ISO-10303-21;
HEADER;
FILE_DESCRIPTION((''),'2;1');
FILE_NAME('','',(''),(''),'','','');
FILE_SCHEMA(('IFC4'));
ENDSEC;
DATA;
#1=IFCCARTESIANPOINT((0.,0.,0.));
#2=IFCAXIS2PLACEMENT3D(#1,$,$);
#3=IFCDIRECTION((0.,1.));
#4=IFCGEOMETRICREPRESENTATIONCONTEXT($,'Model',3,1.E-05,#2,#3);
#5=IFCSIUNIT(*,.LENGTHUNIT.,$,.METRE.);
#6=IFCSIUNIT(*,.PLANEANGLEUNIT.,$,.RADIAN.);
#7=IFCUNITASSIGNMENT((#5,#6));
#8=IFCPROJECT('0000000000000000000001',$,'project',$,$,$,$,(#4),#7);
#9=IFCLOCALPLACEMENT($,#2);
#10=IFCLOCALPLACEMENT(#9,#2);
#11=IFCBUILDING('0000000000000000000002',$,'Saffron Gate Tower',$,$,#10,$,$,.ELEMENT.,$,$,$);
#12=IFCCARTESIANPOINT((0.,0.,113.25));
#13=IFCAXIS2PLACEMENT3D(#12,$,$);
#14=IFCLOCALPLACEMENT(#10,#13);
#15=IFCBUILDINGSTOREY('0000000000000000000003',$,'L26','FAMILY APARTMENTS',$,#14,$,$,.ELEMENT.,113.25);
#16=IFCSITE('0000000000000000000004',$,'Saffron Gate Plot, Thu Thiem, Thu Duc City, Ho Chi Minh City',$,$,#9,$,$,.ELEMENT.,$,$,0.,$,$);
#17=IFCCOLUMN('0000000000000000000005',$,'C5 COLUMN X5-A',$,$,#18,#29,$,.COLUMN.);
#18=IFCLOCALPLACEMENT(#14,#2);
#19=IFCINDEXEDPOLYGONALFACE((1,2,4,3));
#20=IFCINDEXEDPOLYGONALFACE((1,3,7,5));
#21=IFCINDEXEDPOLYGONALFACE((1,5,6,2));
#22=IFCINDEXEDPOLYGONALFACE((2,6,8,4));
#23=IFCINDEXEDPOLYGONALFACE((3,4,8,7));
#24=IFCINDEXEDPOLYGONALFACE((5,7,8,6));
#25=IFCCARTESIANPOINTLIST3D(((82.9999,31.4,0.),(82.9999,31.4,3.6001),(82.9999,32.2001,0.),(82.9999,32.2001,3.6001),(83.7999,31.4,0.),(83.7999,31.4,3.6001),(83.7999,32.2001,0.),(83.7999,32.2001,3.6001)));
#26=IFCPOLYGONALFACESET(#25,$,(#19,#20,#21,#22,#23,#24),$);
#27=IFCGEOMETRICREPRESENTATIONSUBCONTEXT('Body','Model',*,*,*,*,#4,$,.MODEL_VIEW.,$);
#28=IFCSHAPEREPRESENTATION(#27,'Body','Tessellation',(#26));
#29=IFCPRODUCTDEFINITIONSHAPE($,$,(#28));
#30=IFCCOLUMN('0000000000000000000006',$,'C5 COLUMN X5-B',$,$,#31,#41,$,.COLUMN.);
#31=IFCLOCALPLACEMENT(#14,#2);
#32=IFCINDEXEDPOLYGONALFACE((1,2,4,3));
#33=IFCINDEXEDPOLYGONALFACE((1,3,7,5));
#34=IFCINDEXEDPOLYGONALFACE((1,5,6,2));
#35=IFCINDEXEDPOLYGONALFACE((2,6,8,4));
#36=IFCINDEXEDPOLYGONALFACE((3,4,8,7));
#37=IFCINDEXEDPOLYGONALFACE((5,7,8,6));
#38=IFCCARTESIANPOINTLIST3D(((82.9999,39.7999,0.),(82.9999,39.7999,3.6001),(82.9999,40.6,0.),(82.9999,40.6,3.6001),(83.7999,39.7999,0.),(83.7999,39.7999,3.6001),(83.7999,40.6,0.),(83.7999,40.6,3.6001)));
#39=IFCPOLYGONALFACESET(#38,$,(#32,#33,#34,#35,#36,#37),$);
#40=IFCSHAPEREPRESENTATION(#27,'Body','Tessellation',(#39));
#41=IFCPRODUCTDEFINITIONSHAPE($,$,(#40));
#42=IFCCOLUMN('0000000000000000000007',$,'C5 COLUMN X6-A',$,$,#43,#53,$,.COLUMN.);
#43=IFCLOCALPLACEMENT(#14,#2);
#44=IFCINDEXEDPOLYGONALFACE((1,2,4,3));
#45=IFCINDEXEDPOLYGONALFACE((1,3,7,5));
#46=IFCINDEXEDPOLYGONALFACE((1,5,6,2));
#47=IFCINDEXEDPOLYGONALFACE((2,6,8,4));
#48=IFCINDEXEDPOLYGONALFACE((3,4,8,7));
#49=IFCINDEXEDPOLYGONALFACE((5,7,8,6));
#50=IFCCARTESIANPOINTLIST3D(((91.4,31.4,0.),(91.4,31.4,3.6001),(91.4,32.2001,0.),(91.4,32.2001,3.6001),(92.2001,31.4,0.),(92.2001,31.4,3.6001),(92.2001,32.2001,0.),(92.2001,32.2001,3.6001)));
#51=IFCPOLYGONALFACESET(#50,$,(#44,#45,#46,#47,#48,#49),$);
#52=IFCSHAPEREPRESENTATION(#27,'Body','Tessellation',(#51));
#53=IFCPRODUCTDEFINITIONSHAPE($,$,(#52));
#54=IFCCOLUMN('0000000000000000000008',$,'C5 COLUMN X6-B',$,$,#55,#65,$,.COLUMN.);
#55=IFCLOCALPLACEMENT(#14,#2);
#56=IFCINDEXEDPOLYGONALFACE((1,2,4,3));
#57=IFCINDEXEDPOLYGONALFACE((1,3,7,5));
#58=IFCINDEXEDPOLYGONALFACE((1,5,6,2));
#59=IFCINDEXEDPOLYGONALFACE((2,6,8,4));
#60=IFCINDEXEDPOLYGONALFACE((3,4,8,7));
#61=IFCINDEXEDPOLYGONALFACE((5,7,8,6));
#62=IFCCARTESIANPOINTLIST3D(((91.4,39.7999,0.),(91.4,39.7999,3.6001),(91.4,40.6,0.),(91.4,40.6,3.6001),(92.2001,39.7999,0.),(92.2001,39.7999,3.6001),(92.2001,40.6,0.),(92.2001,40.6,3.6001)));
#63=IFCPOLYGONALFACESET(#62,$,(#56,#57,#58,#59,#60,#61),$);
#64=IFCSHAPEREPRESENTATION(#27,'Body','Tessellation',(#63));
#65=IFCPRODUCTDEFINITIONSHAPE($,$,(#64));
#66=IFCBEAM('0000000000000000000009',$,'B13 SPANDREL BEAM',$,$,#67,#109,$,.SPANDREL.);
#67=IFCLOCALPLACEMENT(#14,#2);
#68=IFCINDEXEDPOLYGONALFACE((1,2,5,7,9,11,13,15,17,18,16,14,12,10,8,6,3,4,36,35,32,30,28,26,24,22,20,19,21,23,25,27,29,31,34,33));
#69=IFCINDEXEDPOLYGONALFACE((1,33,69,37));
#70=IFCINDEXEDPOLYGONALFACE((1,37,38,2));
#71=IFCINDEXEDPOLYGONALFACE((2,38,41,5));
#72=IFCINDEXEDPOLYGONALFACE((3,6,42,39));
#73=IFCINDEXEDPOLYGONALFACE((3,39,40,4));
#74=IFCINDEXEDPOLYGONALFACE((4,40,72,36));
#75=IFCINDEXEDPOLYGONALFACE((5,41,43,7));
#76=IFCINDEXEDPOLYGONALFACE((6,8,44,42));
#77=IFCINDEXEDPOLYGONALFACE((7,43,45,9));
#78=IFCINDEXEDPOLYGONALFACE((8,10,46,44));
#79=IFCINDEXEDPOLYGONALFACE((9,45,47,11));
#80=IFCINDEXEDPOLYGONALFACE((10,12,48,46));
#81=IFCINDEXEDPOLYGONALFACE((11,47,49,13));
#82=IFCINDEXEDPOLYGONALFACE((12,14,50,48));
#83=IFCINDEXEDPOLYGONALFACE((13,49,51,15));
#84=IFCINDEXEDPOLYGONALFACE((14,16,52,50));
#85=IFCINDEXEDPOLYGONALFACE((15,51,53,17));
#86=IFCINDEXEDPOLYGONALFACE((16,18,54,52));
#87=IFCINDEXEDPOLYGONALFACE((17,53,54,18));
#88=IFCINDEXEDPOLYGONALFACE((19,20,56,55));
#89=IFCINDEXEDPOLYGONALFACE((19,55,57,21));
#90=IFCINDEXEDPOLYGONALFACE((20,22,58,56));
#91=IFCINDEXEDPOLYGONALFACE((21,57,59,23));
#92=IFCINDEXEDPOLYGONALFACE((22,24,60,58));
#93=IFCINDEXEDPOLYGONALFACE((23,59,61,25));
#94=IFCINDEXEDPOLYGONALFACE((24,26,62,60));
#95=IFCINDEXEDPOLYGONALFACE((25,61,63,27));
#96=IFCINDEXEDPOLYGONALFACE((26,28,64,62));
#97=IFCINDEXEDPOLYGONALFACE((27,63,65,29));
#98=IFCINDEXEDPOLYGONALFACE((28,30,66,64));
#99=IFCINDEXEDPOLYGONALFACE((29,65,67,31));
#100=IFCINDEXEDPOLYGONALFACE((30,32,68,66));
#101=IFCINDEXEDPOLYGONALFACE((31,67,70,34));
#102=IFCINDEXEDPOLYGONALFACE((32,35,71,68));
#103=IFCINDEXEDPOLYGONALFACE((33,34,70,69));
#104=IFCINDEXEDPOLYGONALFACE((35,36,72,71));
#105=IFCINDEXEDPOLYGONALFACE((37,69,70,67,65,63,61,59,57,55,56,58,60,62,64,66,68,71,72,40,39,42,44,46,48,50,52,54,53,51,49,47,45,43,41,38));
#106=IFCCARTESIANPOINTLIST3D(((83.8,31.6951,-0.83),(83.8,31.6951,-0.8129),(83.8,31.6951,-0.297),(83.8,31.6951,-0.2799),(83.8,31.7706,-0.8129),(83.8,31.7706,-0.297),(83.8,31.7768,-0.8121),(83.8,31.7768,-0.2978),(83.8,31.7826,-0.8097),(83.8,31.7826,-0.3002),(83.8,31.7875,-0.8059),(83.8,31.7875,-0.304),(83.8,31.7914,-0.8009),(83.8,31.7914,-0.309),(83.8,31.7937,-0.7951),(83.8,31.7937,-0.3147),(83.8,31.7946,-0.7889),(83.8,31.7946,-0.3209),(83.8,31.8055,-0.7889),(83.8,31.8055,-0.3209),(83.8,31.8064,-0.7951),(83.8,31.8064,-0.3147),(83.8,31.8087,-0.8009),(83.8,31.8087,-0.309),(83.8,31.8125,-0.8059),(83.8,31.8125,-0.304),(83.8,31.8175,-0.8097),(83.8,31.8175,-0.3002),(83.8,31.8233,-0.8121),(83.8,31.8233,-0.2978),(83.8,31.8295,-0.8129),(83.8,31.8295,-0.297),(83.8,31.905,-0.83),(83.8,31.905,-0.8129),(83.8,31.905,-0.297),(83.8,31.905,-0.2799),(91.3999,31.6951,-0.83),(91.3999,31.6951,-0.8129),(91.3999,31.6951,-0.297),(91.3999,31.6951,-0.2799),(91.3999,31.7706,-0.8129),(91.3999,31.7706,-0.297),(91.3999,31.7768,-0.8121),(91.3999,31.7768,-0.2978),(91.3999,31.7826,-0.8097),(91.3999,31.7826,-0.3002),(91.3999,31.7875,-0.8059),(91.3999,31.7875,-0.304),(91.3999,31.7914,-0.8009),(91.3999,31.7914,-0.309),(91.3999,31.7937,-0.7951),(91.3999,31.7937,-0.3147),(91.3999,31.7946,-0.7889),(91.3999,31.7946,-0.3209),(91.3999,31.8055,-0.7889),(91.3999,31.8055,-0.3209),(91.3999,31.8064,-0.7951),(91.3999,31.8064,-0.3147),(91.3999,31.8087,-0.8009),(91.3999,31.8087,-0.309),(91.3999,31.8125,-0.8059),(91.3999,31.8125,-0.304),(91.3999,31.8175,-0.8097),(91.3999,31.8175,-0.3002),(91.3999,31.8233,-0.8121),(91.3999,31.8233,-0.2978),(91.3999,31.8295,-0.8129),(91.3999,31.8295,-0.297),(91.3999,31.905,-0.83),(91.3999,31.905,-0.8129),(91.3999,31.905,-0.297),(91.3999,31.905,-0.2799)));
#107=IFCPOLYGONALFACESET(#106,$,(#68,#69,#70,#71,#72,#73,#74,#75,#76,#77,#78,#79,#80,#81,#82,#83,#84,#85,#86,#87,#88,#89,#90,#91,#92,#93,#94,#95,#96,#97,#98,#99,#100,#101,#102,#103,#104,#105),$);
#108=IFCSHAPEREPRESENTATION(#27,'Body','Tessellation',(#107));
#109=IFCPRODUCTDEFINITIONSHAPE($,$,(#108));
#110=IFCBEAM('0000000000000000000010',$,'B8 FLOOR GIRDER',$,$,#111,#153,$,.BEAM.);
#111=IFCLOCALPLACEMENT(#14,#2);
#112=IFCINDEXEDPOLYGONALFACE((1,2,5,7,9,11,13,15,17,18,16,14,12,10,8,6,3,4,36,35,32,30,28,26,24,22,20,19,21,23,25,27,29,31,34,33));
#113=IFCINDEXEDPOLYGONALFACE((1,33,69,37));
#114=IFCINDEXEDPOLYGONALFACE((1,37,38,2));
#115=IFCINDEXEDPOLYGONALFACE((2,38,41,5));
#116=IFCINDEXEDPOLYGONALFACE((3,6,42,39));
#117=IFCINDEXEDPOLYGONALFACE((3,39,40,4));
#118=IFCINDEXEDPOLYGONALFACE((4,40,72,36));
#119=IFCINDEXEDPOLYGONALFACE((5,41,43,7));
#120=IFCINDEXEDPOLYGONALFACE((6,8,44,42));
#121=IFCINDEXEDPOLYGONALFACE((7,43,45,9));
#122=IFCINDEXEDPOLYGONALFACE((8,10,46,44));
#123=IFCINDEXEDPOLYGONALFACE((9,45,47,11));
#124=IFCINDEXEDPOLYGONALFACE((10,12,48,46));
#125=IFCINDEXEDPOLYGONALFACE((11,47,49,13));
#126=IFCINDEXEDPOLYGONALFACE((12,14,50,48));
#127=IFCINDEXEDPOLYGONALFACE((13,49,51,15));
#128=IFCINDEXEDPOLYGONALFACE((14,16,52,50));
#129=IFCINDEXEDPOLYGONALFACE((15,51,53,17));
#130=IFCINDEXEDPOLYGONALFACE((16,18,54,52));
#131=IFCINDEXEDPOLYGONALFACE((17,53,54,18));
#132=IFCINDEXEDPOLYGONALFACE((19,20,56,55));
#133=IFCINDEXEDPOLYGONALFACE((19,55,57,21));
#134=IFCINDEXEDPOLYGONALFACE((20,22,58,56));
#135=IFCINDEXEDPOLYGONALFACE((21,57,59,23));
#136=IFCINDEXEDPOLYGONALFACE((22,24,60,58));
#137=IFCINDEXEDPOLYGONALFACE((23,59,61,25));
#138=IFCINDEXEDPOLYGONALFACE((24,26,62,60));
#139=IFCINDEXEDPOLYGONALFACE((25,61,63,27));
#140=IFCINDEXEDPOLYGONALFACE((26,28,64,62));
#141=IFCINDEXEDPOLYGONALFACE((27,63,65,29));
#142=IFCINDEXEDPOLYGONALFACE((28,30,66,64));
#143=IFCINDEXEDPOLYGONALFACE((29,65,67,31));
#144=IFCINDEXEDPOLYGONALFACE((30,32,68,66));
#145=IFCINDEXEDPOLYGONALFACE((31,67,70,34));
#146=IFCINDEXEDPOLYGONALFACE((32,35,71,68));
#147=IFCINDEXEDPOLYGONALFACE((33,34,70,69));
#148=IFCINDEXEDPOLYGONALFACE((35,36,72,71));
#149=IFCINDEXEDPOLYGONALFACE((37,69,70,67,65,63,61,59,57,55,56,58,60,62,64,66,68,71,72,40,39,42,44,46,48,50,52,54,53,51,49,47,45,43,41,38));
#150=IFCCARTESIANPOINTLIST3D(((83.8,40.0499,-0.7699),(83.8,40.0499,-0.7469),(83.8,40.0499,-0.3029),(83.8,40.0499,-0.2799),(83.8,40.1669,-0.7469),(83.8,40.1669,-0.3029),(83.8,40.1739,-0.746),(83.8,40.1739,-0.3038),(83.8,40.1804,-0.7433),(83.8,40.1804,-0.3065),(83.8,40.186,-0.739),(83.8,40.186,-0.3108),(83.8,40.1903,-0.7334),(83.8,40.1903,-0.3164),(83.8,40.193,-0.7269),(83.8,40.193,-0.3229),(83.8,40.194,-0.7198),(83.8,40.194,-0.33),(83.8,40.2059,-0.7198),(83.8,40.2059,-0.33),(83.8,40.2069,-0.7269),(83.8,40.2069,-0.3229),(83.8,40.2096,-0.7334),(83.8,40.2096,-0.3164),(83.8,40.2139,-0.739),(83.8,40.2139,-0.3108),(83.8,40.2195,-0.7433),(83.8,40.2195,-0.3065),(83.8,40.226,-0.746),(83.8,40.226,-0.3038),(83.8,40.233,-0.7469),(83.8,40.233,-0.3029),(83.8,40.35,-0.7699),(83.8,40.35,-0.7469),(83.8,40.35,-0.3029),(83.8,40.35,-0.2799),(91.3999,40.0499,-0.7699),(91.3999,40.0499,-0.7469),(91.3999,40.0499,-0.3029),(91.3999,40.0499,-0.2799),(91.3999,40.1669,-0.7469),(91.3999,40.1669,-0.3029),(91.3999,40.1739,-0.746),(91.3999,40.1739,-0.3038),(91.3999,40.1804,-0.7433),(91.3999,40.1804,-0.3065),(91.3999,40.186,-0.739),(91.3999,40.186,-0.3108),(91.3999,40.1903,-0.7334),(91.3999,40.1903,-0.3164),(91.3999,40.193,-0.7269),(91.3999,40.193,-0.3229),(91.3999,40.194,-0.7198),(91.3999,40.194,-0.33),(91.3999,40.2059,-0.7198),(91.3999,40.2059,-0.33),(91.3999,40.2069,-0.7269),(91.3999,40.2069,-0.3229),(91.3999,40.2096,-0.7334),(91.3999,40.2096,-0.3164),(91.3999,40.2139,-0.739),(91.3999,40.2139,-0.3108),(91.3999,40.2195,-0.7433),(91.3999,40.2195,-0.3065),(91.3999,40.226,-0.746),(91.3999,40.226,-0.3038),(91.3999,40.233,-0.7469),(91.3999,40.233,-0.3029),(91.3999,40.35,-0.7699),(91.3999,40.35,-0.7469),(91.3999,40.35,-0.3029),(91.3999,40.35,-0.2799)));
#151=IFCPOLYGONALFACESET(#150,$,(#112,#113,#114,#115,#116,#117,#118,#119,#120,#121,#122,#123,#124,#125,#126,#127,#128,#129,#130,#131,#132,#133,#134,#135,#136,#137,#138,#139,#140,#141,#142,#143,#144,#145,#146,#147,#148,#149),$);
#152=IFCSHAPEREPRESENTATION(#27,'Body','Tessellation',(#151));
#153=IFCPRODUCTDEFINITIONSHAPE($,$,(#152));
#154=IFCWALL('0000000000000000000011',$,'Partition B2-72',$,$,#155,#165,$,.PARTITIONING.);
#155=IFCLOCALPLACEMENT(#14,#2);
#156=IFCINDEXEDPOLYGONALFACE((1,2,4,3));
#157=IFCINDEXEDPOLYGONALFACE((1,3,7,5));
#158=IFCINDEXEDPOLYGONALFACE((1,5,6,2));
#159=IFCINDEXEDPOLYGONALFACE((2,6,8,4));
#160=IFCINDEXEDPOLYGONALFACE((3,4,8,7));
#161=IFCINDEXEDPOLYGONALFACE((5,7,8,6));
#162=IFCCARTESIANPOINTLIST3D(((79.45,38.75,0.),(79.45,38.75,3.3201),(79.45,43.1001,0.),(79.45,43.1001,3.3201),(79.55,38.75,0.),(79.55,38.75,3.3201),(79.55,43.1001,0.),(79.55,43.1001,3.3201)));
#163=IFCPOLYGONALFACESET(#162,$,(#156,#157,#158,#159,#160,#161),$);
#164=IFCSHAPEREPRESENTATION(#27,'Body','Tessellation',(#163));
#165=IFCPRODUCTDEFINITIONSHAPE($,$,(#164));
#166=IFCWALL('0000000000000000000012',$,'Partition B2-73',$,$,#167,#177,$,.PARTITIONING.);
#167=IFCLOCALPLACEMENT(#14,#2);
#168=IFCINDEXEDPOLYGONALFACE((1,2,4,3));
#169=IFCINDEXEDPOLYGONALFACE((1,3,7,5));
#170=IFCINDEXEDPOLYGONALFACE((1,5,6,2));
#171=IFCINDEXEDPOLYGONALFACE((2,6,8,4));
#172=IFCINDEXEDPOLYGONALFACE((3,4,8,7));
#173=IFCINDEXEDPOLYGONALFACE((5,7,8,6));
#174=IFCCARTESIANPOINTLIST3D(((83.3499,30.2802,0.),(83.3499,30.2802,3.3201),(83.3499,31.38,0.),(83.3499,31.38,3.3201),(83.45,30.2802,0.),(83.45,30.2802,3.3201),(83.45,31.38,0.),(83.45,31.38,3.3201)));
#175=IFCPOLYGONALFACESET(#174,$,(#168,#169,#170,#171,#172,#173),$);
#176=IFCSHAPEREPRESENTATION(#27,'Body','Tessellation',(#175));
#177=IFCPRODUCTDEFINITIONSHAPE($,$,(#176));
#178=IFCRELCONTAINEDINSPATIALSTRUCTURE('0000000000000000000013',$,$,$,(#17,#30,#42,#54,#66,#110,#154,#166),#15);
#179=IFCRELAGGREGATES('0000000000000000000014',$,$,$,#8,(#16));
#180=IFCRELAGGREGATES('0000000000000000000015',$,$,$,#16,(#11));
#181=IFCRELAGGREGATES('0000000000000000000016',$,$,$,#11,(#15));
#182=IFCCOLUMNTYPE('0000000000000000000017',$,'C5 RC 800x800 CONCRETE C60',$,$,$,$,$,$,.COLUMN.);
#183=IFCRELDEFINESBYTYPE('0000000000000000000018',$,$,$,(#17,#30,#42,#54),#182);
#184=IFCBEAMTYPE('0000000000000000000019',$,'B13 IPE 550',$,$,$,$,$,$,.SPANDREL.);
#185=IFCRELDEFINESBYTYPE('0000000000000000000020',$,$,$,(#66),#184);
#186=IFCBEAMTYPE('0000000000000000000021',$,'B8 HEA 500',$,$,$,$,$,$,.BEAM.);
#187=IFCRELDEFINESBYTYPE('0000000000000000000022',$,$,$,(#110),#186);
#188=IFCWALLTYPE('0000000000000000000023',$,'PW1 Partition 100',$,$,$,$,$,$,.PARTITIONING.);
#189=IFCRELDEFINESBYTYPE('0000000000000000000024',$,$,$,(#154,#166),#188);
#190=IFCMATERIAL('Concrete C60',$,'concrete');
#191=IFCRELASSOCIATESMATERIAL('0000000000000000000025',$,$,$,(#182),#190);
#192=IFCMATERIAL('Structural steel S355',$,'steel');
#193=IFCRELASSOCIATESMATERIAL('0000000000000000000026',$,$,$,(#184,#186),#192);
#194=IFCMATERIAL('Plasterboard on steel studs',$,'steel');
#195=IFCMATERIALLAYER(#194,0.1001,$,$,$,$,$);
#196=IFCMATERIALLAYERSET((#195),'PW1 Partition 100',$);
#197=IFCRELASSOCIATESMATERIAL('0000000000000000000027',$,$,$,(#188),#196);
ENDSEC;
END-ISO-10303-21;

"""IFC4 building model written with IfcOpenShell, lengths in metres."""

from ifc_helpers import new_model, si_unit, direction, frame, frame_2d, origin, origin_2d, place, context, subcontext, project, spatial, rectangle, i_section, extrude, material, layer, layer_set, material_profile, profile_set, type_object, element, save


model = new_model("IFC4")

# Units and contexts
model_context = context("Model", 3, precision=1e-05, world=origin(), true_north=direction((0.0, 1.0)))
body_context = subcontext(model_context, "Body", "Model", "MODEL_VIEW")
ifc_project = project(units=[si_unit("LENGTHUNIT", "METRE"), si_unit("PLANEANGLEUNIT", "RADIAN")], contexts=[model_context])

# Site, building, storey
site_placement = place(None, origin())
site = spatial("IfcSite", under=ifc_project, at=site_placement, Name="Saffron Gate Plot, Thu Thiem, Thu Duc City, Ho Chi Minh City", CompositionType="ELEMENT", RefElevation=0.0)
building_placement = place(site_placement, origin())
building = spatial("IfcBuilding", under=site, at=building_placement, Name="Saffron Gate Tower", CompositionType="ELEMENT")
storey_placement = place(building_placement, frame((0.0, 0.0, 113.25)))
storey = spatial("IfcBuildingStorey", under=building, at=storey_placement, Name="L26", Description="FAMILY APARTMENTS", CompositionType="ELEMENT", Elevation=113.25)

# Columns
ifc_material_1 = material(Name="Concrete C60", Category="concrete")
ifc_material_profile_1 = material_profile(ifc_material_1, rectangle(XDim=0.8, YDim=0.8, at=origin_2d()))
ifc_profile_set_1 = profile_set([ifc_material_profile_1], Name="Concrete C60")
column_type = type_object("IfcColumnType", Name="C5 RC 800x800 CONCRETE C60", PredefinedType="COLUMN", material=ifc_profile_set_1)
for number, where, z_axis, x_axis, name in (
    (1, (83.3999, 31.8, 0.0), (0.0, 0.0, 1.0), (1.0, 0.0, 0.0), "C5 COLUMN X5-A"),
    (2, (83.3999, 40.2, 0.0), (0.0, 0.0, 1.0), (1.0, 0.0, 0.0), "C5 COLUMN X5-B"),
    (3, (91.8, 31.8, 0.0), (0.0, 0.0, 1.0), (1.0, 0.0, 0.0), "C5 COLUMN X6-A"),
    (4, (91.8, 40.2, 0.0), (0.0, 0.0, 1.0), (1.0, 0.0, 0.0), "C5 COLUMN X6-B"),
):
    element("IfcColumn", number, at=place(storey_placement, frame(where, z_axis=z_axis, x_axis=x_axis)), inside=storey, type_object=column_type, Name=name, PredefinedType="COLUMN", context=body_context, shape_type="SweptSolid", body=[
        extrude(rectangle(XDim=0.8, YDim=0.8, at=origin_2d()), origin(), (0.0, 0.0, 1.0), 3.6001),
    ])

# Beams
ifc_material_2 = material(Name="Structural steel S355", Category="steel")
ifc_material_profile_2 = material_profile(ifc_material_2, i_section(OverallWidth=0.21, OverallDepth=0.55, WebThickness=0.011, FlangeThickness=0.0171, FilletRadius=0.0239, at=origin_2d()))
ifc_profile_set_2 = profile_set([ifc_material_profile_2], Name="Structural steel S355")
beam_type_1 = type_object("IfcBeamType", Name="B13 IPE 550", PredefinedType="SPANDREL", material=ifc_profile_set_2)
beam_1_placement = place(storey_placement, frame((83.8, 31.8, -0.5549), z_axis=(1.0, 0.0, 0.0), x_axis=(0.0, 1.0, 0.0)))
element("IfcBeam", 5, at=beam_1_placement, inside=storey, type_object=beam_type_1, Name="B13 SPANDREL BEAM", PredefinedType="SPANDREL", context=body_context, shape_type="SweptSolid", body=[
    extrude(i_section(OverallWidth=0.21, OverallDepth=0.55, WebThickness=0.011, FlangeThickness=0.0171, FilletRadius=0.0239, at=origin_2d()), origin(), (0.0, 0.0, 1.0), 7.5999),
])
ifc_material_profile_3 = material_profile(ifc_material_2, i_section(OverallWidth=0.3, OverallDepth=0.49, WebThickness=0.012, FlangeThickness=0.0229, FilletRadius=0.0271, at=origin_2d()))
ifc_profile_set_3 = profile_set([ifc_material_profile_3], Name="Structural steel S355")
beam_type_2 = type_object("IfcBeamType", Name="B8 HEA 500", PredefinedType="BEAM", material=ifc_profile_set_3)
beam_2_placement = place(storey_placement, frame((83.8, 40.2, -0.5249), z_axis=(1.0, 0.0, 0.0), x_axis=(0.0, 1.0, 0.0)))
element("IfcBeam", 6, at=beam_2_placement, inside=storey, type_object=beam_type_2, Name="B8 FLOOR GIRDER", PredefinedType="BEAM", context=body_context, shape_type="SweptSolid", body=[
    extrude(i_section(OverallWidth=0.3, OverallDepth=0.49, WebThickness=0.012, FlangeThickness=0.0229, FilletRadius=0.0271, at=origin_2d()), origin(), (0.0, 0.0, 1.0), 7.5999),
])

# Walls
ifc_material_3 = material(Name="Plasterboard on steel studs", Category="steel")
ifc_layer = layer(ifc_material_3, 0.1001)
ifc_layer_set = layer_set([ifc_layer], Name="PW1 Partition 100")
wall_type = type_object("IfcWallType", Name="PW1 Partition 100", PredefinedType="PARTITIONING", material=ifc_layer_set)
wall_1_placement = place(storey_placement, frame((79.5, 43.1001, 0.0), z_axis=(0.0, 0.0, 1.0), x_axis=(0.0, -1.0, 0.0)))
element("IfcWall", 7, at=wall_1_placement, inside=storey, type_object=wall_type, Name="Partition B2-72", PredefinedType="PARTITIONING", context=body_context, shape_type="SweptSolid", body=[
    extrude(rectangle(XDim=4.3501, YDim=0.1001, at=frame_2d((2.175, 0.0))), origin(), (0.0, 0.0, 1.0), 3.3201),
])
wall_2_placement = place(storey_placement, frame((83.3999, 31.3799, 0.0), z_axis=(0.0, 0.0, 1.0), x_axis=(0.0, -1.0, 0.0)))
element("IfcWall", 8, at=wall_2_placement, inside=storey, type_object=wall_type, Name="Partition B2-73", PredefinedType="PARTITIONING", context=body_context, shape_type="SweptSolid", body=[
    extrude(rectangle(XDim=1.0999, YDim=0.1001, at=frame_2d((0.5498, 0.0))), origin(), (0.0, 0.0, 1.0), 3.3201),
])

save(model, "model.ifc")
